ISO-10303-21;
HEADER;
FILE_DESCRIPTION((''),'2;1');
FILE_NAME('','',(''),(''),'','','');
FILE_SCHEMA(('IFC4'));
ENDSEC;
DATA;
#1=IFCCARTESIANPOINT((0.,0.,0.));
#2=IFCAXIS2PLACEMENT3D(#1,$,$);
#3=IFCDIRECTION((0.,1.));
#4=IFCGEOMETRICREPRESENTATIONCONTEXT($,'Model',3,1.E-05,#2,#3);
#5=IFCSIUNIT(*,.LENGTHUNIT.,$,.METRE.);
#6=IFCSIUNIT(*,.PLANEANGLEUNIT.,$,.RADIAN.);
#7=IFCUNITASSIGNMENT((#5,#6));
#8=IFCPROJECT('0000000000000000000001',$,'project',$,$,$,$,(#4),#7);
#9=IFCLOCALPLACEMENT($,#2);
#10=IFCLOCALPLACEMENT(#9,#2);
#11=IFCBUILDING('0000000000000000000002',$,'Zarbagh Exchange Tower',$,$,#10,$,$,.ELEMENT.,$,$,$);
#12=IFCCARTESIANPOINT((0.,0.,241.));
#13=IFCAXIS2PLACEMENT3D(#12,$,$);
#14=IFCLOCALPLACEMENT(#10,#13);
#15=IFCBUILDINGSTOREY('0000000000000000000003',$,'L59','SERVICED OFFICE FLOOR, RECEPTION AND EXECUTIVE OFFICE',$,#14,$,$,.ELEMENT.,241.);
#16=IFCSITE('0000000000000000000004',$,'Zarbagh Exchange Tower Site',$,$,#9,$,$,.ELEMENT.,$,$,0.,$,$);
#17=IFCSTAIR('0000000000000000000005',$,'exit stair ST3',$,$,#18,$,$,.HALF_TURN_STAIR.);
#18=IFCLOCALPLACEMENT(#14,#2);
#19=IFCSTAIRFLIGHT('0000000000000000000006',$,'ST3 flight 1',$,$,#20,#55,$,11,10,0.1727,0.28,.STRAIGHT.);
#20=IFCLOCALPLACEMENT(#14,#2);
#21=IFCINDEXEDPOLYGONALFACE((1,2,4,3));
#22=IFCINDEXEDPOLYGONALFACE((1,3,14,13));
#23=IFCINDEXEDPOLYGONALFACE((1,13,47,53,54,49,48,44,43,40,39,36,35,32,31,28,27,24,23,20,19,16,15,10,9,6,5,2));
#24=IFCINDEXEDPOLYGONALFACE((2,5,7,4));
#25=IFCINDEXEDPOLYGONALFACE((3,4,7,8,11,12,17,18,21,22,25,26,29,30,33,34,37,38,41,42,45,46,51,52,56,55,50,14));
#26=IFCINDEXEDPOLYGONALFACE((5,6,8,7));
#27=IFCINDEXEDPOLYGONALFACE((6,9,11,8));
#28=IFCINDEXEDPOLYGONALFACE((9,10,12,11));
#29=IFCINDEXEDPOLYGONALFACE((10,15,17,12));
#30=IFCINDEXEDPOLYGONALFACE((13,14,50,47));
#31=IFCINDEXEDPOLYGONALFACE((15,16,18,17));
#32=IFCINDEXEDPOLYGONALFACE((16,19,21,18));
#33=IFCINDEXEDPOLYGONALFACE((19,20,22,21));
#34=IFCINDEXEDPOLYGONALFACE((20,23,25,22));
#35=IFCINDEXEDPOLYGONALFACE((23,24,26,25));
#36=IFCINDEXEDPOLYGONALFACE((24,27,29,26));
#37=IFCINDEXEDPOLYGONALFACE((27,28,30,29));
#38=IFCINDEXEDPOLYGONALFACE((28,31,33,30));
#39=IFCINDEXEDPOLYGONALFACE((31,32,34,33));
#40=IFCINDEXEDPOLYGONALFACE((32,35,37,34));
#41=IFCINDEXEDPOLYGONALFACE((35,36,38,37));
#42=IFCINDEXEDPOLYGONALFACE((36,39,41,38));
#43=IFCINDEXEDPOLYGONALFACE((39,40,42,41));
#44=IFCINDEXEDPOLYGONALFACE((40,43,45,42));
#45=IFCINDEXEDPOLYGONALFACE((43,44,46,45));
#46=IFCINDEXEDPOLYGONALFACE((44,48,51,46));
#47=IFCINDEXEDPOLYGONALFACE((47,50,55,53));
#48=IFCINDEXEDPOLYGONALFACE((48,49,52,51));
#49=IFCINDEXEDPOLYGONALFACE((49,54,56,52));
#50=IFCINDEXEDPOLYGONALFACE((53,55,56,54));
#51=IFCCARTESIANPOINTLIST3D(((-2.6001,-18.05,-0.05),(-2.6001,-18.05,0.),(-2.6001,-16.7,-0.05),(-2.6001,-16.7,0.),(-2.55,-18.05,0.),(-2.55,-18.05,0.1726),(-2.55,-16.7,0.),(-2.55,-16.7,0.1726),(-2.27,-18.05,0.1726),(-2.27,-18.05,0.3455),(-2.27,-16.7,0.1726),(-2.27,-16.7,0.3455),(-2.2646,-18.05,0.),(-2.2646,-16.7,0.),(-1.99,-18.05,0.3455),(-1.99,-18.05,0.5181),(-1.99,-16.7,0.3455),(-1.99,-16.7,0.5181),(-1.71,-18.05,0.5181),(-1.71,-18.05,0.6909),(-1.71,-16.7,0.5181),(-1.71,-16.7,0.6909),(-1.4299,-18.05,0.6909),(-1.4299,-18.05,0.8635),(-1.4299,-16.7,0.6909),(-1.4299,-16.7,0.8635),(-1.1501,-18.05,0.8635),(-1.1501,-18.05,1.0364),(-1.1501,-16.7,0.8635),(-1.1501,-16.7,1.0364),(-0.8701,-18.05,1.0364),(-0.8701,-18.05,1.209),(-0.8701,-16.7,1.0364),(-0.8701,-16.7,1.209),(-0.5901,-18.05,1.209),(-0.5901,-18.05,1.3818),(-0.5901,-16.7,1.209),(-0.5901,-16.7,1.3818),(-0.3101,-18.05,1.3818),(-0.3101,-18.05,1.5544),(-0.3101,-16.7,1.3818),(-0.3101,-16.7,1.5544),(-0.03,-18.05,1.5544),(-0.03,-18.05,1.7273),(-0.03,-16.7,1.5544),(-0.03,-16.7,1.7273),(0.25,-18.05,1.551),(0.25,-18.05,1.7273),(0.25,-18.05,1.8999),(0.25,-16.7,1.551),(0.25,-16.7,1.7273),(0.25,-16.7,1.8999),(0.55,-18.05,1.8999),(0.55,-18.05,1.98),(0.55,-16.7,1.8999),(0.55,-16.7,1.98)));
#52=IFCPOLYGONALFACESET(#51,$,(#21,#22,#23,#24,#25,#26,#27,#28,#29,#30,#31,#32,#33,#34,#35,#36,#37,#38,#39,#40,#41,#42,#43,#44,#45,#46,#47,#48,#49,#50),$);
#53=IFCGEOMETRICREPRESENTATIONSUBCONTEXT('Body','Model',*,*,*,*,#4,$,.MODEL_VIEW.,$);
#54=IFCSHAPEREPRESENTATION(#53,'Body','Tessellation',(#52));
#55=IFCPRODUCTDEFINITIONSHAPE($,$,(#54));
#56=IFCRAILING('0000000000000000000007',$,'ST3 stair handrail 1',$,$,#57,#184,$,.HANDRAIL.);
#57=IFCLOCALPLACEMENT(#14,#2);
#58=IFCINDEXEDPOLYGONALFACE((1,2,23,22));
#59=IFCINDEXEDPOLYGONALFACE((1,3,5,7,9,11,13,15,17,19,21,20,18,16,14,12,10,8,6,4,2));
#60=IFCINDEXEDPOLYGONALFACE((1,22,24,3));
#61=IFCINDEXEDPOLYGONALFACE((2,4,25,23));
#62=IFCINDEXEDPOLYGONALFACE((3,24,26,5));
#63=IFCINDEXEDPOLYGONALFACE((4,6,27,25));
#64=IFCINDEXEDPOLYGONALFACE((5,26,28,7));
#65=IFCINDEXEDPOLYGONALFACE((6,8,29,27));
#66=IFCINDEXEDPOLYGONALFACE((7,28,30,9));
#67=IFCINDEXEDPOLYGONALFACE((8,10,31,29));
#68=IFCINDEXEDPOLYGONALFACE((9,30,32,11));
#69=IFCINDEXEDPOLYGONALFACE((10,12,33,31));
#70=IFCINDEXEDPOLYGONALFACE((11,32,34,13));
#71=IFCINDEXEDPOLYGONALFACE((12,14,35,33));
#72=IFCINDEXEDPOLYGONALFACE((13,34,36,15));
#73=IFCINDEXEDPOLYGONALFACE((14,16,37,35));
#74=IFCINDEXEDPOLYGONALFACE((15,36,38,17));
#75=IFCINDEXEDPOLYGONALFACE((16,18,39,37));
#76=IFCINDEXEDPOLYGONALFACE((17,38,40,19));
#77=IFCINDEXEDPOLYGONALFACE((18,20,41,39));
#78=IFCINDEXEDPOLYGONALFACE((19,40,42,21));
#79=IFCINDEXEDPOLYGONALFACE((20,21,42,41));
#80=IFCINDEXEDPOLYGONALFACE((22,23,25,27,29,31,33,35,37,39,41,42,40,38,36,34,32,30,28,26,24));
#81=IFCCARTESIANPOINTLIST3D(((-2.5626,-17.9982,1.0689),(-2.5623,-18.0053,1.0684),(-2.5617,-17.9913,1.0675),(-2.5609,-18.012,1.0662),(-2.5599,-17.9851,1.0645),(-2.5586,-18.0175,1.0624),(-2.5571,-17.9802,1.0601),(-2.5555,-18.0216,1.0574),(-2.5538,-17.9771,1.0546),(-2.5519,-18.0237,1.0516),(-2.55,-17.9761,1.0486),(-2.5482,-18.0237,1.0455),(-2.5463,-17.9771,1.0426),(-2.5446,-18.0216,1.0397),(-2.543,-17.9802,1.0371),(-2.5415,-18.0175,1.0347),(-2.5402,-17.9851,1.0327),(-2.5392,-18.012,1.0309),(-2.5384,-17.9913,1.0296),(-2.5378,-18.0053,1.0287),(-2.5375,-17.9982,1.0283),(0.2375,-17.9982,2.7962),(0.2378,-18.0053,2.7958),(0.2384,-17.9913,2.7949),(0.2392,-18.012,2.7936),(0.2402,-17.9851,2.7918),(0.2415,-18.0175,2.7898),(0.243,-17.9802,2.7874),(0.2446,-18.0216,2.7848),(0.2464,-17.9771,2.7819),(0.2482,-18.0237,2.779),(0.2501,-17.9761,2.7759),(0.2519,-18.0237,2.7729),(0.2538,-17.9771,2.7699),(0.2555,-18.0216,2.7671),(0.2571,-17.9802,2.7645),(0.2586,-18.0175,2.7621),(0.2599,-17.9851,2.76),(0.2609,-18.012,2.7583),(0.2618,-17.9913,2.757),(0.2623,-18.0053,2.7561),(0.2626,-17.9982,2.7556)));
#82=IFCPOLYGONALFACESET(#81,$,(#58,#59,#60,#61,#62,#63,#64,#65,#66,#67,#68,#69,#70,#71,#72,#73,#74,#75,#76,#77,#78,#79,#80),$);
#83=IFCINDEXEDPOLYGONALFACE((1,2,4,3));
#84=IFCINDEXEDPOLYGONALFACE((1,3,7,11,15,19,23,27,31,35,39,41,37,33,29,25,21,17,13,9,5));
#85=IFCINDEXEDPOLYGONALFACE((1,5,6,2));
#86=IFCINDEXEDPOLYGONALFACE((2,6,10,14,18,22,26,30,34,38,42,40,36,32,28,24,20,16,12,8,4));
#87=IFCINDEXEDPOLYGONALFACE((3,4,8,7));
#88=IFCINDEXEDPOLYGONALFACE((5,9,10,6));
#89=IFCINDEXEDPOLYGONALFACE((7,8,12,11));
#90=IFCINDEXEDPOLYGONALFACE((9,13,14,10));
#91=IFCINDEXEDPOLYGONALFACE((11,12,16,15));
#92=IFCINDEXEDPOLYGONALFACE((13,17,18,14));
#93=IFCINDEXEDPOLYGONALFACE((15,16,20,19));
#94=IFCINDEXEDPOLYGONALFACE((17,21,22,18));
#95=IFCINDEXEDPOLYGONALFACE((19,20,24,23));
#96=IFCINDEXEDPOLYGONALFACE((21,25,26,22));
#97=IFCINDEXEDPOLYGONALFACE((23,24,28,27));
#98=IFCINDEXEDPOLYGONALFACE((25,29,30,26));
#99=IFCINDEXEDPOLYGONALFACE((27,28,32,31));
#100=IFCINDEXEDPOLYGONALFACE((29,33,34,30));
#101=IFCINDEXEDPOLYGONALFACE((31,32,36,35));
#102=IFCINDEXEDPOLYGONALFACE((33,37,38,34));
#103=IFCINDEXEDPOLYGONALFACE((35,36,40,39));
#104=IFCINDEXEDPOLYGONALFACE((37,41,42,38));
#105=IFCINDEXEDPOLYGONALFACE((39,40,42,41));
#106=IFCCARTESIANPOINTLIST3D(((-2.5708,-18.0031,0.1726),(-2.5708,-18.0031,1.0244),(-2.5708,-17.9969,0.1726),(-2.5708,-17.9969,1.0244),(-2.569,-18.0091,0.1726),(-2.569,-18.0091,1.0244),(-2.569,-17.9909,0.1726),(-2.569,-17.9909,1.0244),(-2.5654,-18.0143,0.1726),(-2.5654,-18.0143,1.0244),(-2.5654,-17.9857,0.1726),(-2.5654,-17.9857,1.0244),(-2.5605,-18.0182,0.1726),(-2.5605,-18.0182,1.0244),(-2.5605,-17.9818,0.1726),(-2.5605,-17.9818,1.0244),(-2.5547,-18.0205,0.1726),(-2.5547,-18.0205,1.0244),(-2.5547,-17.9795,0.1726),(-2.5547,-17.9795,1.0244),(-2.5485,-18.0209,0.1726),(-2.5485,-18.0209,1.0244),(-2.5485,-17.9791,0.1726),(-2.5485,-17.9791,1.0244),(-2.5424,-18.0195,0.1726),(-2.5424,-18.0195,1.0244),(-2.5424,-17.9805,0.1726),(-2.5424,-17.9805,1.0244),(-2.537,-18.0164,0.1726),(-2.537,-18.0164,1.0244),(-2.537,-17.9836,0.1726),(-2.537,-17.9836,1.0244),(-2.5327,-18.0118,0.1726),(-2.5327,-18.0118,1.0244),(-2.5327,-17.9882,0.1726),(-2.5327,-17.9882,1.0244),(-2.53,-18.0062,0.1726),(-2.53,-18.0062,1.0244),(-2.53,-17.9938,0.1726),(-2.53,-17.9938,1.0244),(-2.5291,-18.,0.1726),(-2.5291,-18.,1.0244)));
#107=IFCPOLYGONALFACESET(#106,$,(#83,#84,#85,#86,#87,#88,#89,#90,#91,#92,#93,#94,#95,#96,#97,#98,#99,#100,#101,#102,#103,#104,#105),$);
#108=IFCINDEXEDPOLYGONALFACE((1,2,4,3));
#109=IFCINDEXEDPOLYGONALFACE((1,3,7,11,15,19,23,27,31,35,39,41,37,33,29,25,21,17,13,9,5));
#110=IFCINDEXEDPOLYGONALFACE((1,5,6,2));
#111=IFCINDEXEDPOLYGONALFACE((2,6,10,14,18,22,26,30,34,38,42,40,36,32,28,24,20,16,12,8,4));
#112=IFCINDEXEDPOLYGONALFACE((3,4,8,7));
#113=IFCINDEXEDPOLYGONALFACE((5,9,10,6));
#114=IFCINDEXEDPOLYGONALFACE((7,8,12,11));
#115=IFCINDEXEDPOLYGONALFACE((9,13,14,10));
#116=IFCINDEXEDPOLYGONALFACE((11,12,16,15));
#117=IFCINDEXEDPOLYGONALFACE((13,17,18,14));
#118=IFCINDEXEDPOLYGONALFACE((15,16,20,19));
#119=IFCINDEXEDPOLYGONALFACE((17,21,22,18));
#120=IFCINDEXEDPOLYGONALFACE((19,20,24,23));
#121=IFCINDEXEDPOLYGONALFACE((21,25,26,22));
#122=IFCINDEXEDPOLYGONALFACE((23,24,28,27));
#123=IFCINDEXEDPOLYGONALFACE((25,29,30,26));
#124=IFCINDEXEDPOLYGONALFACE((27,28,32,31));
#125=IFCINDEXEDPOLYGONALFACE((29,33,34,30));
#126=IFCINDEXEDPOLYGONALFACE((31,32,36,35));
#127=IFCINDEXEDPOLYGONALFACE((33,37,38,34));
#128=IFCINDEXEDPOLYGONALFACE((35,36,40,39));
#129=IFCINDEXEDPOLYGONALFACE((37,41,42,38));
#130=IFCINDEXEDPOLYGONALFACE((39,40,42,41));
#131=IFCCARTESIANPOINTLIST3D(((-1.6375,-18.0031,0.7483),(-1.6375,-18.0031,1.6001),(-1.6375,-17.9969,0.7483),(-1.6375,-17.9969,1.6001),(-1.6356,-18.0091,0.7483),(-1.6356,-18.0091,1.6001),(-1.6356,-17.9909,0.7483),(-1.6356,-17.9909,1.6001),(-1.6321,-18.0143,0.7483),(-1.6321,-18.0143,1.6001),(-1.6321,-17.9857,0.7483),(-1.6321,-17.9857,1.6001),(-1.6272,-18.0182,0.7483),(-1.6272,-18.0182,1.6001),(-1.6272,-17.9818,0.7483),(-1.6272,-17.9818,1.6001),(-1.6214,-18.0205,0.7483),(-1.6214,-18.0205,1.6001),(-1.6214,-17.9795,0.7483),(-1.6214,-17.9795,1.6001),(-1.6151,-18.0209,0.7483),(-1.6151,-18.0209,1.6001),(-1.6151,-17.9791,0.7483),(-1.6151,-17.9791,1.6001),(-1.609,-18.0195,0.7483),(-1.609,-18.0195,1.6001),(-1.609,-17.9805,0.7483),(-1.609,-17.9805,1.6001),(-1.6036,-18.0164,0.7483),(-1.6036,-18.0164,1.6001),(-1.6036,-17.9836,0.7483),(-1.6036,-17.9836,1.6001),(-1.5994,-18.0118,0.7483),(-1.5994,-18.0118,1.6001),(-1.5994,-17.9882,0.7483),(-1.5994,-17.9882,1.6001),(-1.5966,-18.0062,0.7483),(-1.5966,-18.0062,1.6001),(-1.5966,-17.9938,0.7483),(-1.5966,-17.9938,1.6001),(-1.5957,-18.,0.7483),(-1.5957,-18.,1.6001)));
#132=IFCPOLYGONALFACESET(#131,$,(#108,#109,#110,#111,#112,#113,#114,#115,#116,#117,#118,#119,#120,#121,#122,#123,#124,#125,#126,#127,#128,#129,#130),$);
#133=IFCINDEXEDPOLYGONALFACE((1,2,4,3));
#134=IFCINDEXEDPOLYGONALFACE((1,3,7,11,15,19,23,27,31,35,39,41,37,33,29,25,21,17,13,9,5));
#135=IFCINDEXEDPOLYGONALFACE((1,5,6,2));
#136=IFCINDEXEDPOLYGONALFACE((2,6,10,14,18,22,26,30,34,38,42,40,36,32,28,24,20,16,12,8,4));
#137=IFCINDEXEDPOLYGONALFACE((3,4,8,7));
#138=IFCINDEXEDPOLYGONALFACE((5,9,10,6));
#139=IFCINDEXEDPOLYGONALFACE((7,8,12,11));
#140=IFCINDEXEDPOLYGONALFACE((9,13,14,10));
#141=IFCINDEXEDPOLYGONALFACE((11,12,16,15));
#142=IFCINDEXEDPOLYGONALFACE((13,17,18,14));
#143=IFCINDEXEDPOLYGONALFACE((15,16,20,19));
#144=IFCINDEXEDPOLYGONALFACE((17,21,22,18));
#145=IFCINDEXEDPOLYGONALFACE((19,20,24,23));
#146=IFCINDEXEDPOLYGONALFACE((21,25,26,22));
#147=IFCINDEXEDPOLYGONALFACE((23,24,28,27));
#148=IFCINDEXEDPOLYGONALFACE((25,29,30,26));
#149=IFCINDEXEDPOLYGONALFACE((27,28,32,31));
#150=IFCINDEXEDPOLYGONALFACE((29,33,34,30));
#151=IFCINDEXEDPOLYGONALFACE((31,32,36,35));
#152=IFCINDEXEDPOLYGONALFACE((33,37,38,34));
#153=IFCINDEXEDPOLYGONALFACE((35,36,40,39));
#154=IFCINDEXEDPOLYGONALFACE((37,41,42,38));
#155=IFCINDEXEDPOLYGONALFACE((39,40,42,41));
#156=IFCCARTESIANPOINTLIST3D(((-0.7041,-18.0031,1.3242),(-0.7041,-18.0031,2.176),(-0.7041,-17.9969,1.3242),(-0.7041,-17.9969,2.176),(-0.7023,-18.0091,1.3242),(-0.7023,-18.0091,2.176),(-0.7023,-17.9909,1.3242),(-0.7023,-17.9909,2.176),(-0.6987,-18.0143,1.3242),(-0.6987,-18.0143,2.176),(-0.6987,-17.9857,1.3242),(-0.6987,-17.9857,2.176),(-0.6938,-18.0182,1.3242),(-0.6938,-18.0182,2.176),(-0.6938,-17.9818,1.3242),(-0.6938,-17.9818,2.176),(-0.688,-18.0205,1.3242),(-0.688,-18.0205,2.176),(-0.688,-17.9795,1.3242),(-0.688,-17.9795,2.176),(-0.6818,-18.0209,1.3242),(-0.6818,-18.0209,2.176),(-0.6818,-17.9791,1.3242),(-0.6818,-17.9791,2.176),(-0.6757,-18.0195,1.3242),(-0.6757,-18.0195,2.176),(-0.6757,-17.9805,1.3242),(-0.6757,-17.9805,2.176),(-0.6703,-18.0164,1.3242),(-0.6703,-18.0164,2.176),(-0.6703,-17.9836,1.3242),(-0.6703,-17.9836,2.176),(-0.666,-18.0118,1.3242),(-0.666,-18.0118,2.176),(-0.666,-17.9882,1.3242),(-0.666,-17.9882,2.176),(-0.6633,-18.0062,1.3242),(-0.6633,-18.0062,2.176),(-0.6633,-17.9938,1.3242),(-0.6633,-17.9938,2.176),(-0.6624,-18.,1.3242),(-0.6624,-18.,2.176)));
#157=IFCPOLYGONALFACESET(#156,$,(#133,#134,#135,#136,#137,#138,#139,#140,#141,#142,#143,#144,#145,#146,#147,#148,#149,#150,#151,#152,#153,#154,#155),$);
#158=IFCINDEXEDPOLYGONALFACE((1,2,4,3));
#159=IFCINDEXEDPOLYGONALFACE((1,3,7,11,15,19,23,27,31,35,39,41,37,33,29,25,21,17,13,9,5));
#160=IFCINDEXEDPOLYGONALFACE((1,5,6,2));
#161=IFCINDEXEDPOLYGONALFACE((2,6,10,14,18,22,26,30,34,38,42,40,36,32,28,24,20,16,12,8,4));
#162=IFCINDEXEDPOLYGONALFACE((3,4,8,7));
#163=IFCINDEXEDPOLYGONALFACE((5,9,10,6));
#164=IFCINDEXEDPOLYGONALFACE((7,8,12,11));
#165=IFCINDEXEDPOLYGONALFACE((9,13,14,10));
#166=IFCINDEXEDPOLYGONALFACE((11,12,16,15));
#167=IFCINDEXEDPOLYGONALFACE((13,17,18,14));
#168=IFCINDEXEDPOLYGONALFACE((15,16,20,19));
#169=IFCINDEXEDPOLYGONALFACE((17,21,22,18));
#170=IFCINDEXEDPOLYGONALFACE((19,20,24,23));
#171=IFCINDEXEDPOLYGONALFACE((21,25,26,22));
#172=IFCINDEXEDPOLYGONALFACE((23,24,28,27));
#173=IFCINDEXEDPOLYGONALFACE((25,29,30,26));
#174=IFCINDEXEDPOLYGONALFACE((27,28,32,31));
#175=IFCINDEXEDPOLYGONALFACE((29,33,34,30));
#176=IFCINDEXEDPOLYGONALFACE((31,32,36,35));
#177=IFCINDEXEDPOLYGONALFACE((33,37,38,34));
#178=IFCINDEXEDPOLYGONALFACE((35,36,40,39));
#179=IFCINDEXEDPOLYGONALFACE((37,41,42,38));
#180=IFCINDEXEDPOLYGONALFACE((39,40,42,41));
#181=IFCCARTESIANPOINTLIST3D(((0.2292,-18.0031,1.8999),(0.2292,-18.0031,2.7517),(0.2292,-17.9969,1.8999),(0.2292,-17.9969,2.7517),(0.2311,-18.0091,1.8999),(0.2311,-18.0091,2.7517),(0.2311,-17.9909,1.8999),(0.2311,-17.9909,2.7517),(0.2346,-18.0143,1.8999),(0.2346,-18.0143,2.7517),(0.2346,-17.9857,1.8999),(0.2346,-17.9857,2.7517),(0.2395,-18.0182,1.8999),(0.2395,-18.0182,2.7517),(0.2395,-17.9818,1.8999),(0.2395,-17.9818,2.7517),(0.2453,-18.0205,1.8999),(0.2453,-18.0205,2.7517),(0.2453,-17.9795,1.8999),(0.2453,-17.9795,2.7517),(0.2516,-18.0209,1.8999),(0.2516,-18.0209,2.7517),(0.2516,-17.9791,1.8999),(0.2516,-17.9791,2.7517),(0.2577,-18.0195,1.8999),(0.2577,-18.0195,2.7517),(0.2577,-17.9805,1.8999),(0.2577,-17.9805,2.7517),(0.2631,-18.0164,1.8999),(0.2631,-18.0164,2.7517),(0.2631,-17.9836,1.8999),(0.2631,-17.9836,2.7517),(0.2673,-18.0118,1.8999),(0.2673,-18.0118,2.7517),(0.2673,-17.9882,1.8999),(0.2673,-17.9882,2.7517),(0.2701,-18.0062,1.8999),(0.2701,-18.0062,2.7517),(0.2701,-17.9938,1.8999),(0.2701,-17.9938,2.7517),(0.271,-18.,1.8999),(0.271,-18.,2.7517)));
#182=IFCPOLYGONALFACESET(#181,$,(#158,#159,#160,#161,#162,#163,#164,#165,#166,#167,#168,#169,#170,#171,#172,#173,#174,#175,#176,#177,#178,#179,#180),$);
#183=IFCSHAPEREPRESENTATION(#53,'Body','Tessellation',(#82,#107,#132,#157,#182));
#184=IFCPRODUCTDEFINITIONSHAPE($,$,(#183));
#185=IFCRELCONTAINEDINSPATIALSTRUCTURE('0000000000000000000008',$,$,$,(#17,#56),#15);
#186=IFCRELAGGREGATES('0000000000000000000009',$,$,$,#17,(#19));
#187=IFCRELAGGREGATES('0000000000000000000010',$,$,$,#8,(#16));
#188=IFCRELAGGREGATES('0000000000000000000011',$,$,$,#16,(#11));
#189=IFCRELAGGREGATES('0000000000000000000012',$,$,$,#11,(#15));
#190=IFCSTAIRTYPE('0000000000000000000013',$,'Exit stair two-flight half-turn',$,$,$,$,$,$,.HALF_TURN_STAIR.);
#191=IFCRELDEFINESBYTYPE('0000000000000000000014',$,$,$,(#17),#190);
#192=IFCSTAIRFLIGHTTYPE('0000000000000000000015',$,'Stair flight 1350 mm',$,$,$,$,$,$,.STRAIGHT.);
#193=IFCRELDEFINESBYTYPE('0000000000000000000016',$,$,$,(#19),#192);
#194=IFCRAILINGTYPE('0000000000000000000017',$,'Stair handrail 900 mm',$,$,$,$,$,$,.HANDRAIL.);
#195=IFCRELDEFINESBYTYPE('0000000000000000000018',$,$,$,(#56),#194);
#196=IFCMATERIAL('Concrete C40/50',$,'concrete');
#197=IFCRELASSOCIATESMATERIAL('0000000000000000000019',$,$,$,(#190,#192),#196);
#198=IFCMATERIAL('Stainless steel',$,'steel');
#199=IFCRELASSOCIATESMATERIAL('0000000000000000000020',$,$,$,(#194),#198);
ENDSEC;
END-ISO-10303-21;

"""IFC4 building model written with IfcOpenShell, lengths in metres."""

from ifc_helpers import new_model, si_unit, direction, frame, origin, origin_2d, place, context, subcontext, project, spatial, polyline, circle, outline, extrude, material, type_object, element, aggregate, save


model = new_model("IFC4")

# Units and contexts
model_context = context("Model", 3, precision=1e-05, world=origin(), true_north=direction((0.0, 1.0)))
body_context = subcontext(model_context, "Body", "Model", "MODEL_VIEW")
ifc_project = project(units=[si_unit("LENGTHUNIT", "METRE"), si_unit("PLANEANGLEUNIT", "RADIAN")], contexts=[model_context])

# Site, building, storey
site_placement = place(None, origin())
site = spatial("IfcSite", under=ifc_project, at=site_placement, Name="Zarbagh Exchange Tower Site", CompositionType="ELEMENT", RefElevation=0.0)
building_placement = place(site_placement, origin())
building = spatial("IfcBuilding", under=site, at=building_placement, Name="Zarbagh Exchange Tower", CompositionType="ELEMENT")
storey_placement = place(building_placement, frame((0.0, 0.0, 241.0)))
storey = spatial("IfcBuildingStorey", under=building, at=storey_placement, Name="L59", Description="SERVICED OFFICE FLOOR, RECEPTION AND EXECUTIVE OFFICE", CompositionType="ELEMENT", Elevation=241.0)

# Stair, stair flight
ifc_material_1 = material(Name="Concrete C40/50", Category="concrete")
stair_type = type_object("IfcStairType", Name="Exit stair two-flight half-turn", PredefinedType="HALF_TURN_STAIR", material=ifc_material_1)
stair_placement = place(storey_placement, origin())
stair = element("IfcStair", 1, at=stair_placement, inside=storey, type_object=stair_type, Name="exit stair ST3", PredefinedType="HALF_TURN_STAIR")
stair_flight_type = type_object("IfcStairFlightType", Name="Stair flight 1350 mm", PredefinedType="STRAIGHT", material=ifc_material_1)
stair_flight_placement = place(storey_placement, frame((-2.55, -17.375, 0.0), z_axis=(0.0, 0.0, 1.0), x_axis=(1.0, 0.0, 0.0)))
stair_flight = element("IfcStairFlight", 2, at=stair_flight_placement, type_object=stair_flight_type, Name="ST3 flight 1", NumberOfRisers=11, NumberOfTreads=10, PredefinedType="STRAIGHT", RiserHeight=0.1727, TreadLength=0.28, context=body_context, shape_type="SweptSolid", body=[
    extrude(outline(polyline([(-0.05, -0.05), (-0.05, 0.0), (0.0, 0.0), (0.0, 0.1726), (0.28, 0.1726), (0.28, 0.3455), (0.5601, 0.3455), (0.5601, 0.5181), (0.8401, 0.5181), (0.8401, 0.6909), (1.1201, 0.6909), (1.1201, 0.8635), (1.3999, 0.8635), (1.3999, 1.0364), (1.6799, 1.0364), (1.6799, 1.209), (1.96, 1.209), (1.96, 1.3818), (2.24, 1.3818), (2.24, 1.5544), (2.52, 1.5544), (2.52, 1.7273), (2.8, 1.7273), (2.8, 1.8999), (3.1001, 1.98), (3.1001, 1.8999), (2.8, 1.551), (0.2854, 0.0), (-0.05, -0.05)])), frame((0.0, 0.675, 0.0), z_axis=(0.0, -1.0, 0.0), x_axis=(1.0, 0.0, 0.0)), (0.0, 0.0, 1.0), 1.3501),
])
aggregate(stair, [stair_flight])

# Railing
ifc_material_2 = material(Name="Stainless steel", Category="steel")
railing_type_1 = type_object("IfcRailingType", Name="Stair handrail 900 mm", PredefinedType="HANDRAIL", material=ifc_material_2)
railing_1_placement = place(storey_placement, frame((-2.55, -18.0, 0.1726)))
element("IfcRailing", 3, at=railing_1_placement, inside=storey, type_object=railing_type_1, Name="ST3 stair handrail 1", PredefinedType="HANDRAIL", context=body_context, shape_type="SweptSolid", body=[
    extrude(circle(Radius=0.0239, at=origin_2d()), frame((0.0, 0.0, 0.876), z_axis=(0.85109, 0.0, 0.52502), x_axis=(0.0, 1.0, 0.0)), (0.0, 0.0, 1.0), 3.29),
    extrude(circle(Radius=0.021, at=origin_2d()), origin(), (0.0, 0.0, 1.0), 0.8518),
    extrude(circle(Radius=0.021, at=origin_2d()), frame((0.9333, 0.0, 0.5757)), (0.0, 0.0, 1.0), 0.8518),
    extrude(circle(Radius=0.021, at=origin_2d()), frame((1.8667, 0.0, 1.1516)), (0.0, 0.0, 1.0), 0.8518),
    extrude(circle(Radius=0.021, at=origin_2d()), frame((2.8, 0.0, 1.7273)), (0.0, 0.0, 1.0), 0.8518),
])

save(model, "model.ifc")
